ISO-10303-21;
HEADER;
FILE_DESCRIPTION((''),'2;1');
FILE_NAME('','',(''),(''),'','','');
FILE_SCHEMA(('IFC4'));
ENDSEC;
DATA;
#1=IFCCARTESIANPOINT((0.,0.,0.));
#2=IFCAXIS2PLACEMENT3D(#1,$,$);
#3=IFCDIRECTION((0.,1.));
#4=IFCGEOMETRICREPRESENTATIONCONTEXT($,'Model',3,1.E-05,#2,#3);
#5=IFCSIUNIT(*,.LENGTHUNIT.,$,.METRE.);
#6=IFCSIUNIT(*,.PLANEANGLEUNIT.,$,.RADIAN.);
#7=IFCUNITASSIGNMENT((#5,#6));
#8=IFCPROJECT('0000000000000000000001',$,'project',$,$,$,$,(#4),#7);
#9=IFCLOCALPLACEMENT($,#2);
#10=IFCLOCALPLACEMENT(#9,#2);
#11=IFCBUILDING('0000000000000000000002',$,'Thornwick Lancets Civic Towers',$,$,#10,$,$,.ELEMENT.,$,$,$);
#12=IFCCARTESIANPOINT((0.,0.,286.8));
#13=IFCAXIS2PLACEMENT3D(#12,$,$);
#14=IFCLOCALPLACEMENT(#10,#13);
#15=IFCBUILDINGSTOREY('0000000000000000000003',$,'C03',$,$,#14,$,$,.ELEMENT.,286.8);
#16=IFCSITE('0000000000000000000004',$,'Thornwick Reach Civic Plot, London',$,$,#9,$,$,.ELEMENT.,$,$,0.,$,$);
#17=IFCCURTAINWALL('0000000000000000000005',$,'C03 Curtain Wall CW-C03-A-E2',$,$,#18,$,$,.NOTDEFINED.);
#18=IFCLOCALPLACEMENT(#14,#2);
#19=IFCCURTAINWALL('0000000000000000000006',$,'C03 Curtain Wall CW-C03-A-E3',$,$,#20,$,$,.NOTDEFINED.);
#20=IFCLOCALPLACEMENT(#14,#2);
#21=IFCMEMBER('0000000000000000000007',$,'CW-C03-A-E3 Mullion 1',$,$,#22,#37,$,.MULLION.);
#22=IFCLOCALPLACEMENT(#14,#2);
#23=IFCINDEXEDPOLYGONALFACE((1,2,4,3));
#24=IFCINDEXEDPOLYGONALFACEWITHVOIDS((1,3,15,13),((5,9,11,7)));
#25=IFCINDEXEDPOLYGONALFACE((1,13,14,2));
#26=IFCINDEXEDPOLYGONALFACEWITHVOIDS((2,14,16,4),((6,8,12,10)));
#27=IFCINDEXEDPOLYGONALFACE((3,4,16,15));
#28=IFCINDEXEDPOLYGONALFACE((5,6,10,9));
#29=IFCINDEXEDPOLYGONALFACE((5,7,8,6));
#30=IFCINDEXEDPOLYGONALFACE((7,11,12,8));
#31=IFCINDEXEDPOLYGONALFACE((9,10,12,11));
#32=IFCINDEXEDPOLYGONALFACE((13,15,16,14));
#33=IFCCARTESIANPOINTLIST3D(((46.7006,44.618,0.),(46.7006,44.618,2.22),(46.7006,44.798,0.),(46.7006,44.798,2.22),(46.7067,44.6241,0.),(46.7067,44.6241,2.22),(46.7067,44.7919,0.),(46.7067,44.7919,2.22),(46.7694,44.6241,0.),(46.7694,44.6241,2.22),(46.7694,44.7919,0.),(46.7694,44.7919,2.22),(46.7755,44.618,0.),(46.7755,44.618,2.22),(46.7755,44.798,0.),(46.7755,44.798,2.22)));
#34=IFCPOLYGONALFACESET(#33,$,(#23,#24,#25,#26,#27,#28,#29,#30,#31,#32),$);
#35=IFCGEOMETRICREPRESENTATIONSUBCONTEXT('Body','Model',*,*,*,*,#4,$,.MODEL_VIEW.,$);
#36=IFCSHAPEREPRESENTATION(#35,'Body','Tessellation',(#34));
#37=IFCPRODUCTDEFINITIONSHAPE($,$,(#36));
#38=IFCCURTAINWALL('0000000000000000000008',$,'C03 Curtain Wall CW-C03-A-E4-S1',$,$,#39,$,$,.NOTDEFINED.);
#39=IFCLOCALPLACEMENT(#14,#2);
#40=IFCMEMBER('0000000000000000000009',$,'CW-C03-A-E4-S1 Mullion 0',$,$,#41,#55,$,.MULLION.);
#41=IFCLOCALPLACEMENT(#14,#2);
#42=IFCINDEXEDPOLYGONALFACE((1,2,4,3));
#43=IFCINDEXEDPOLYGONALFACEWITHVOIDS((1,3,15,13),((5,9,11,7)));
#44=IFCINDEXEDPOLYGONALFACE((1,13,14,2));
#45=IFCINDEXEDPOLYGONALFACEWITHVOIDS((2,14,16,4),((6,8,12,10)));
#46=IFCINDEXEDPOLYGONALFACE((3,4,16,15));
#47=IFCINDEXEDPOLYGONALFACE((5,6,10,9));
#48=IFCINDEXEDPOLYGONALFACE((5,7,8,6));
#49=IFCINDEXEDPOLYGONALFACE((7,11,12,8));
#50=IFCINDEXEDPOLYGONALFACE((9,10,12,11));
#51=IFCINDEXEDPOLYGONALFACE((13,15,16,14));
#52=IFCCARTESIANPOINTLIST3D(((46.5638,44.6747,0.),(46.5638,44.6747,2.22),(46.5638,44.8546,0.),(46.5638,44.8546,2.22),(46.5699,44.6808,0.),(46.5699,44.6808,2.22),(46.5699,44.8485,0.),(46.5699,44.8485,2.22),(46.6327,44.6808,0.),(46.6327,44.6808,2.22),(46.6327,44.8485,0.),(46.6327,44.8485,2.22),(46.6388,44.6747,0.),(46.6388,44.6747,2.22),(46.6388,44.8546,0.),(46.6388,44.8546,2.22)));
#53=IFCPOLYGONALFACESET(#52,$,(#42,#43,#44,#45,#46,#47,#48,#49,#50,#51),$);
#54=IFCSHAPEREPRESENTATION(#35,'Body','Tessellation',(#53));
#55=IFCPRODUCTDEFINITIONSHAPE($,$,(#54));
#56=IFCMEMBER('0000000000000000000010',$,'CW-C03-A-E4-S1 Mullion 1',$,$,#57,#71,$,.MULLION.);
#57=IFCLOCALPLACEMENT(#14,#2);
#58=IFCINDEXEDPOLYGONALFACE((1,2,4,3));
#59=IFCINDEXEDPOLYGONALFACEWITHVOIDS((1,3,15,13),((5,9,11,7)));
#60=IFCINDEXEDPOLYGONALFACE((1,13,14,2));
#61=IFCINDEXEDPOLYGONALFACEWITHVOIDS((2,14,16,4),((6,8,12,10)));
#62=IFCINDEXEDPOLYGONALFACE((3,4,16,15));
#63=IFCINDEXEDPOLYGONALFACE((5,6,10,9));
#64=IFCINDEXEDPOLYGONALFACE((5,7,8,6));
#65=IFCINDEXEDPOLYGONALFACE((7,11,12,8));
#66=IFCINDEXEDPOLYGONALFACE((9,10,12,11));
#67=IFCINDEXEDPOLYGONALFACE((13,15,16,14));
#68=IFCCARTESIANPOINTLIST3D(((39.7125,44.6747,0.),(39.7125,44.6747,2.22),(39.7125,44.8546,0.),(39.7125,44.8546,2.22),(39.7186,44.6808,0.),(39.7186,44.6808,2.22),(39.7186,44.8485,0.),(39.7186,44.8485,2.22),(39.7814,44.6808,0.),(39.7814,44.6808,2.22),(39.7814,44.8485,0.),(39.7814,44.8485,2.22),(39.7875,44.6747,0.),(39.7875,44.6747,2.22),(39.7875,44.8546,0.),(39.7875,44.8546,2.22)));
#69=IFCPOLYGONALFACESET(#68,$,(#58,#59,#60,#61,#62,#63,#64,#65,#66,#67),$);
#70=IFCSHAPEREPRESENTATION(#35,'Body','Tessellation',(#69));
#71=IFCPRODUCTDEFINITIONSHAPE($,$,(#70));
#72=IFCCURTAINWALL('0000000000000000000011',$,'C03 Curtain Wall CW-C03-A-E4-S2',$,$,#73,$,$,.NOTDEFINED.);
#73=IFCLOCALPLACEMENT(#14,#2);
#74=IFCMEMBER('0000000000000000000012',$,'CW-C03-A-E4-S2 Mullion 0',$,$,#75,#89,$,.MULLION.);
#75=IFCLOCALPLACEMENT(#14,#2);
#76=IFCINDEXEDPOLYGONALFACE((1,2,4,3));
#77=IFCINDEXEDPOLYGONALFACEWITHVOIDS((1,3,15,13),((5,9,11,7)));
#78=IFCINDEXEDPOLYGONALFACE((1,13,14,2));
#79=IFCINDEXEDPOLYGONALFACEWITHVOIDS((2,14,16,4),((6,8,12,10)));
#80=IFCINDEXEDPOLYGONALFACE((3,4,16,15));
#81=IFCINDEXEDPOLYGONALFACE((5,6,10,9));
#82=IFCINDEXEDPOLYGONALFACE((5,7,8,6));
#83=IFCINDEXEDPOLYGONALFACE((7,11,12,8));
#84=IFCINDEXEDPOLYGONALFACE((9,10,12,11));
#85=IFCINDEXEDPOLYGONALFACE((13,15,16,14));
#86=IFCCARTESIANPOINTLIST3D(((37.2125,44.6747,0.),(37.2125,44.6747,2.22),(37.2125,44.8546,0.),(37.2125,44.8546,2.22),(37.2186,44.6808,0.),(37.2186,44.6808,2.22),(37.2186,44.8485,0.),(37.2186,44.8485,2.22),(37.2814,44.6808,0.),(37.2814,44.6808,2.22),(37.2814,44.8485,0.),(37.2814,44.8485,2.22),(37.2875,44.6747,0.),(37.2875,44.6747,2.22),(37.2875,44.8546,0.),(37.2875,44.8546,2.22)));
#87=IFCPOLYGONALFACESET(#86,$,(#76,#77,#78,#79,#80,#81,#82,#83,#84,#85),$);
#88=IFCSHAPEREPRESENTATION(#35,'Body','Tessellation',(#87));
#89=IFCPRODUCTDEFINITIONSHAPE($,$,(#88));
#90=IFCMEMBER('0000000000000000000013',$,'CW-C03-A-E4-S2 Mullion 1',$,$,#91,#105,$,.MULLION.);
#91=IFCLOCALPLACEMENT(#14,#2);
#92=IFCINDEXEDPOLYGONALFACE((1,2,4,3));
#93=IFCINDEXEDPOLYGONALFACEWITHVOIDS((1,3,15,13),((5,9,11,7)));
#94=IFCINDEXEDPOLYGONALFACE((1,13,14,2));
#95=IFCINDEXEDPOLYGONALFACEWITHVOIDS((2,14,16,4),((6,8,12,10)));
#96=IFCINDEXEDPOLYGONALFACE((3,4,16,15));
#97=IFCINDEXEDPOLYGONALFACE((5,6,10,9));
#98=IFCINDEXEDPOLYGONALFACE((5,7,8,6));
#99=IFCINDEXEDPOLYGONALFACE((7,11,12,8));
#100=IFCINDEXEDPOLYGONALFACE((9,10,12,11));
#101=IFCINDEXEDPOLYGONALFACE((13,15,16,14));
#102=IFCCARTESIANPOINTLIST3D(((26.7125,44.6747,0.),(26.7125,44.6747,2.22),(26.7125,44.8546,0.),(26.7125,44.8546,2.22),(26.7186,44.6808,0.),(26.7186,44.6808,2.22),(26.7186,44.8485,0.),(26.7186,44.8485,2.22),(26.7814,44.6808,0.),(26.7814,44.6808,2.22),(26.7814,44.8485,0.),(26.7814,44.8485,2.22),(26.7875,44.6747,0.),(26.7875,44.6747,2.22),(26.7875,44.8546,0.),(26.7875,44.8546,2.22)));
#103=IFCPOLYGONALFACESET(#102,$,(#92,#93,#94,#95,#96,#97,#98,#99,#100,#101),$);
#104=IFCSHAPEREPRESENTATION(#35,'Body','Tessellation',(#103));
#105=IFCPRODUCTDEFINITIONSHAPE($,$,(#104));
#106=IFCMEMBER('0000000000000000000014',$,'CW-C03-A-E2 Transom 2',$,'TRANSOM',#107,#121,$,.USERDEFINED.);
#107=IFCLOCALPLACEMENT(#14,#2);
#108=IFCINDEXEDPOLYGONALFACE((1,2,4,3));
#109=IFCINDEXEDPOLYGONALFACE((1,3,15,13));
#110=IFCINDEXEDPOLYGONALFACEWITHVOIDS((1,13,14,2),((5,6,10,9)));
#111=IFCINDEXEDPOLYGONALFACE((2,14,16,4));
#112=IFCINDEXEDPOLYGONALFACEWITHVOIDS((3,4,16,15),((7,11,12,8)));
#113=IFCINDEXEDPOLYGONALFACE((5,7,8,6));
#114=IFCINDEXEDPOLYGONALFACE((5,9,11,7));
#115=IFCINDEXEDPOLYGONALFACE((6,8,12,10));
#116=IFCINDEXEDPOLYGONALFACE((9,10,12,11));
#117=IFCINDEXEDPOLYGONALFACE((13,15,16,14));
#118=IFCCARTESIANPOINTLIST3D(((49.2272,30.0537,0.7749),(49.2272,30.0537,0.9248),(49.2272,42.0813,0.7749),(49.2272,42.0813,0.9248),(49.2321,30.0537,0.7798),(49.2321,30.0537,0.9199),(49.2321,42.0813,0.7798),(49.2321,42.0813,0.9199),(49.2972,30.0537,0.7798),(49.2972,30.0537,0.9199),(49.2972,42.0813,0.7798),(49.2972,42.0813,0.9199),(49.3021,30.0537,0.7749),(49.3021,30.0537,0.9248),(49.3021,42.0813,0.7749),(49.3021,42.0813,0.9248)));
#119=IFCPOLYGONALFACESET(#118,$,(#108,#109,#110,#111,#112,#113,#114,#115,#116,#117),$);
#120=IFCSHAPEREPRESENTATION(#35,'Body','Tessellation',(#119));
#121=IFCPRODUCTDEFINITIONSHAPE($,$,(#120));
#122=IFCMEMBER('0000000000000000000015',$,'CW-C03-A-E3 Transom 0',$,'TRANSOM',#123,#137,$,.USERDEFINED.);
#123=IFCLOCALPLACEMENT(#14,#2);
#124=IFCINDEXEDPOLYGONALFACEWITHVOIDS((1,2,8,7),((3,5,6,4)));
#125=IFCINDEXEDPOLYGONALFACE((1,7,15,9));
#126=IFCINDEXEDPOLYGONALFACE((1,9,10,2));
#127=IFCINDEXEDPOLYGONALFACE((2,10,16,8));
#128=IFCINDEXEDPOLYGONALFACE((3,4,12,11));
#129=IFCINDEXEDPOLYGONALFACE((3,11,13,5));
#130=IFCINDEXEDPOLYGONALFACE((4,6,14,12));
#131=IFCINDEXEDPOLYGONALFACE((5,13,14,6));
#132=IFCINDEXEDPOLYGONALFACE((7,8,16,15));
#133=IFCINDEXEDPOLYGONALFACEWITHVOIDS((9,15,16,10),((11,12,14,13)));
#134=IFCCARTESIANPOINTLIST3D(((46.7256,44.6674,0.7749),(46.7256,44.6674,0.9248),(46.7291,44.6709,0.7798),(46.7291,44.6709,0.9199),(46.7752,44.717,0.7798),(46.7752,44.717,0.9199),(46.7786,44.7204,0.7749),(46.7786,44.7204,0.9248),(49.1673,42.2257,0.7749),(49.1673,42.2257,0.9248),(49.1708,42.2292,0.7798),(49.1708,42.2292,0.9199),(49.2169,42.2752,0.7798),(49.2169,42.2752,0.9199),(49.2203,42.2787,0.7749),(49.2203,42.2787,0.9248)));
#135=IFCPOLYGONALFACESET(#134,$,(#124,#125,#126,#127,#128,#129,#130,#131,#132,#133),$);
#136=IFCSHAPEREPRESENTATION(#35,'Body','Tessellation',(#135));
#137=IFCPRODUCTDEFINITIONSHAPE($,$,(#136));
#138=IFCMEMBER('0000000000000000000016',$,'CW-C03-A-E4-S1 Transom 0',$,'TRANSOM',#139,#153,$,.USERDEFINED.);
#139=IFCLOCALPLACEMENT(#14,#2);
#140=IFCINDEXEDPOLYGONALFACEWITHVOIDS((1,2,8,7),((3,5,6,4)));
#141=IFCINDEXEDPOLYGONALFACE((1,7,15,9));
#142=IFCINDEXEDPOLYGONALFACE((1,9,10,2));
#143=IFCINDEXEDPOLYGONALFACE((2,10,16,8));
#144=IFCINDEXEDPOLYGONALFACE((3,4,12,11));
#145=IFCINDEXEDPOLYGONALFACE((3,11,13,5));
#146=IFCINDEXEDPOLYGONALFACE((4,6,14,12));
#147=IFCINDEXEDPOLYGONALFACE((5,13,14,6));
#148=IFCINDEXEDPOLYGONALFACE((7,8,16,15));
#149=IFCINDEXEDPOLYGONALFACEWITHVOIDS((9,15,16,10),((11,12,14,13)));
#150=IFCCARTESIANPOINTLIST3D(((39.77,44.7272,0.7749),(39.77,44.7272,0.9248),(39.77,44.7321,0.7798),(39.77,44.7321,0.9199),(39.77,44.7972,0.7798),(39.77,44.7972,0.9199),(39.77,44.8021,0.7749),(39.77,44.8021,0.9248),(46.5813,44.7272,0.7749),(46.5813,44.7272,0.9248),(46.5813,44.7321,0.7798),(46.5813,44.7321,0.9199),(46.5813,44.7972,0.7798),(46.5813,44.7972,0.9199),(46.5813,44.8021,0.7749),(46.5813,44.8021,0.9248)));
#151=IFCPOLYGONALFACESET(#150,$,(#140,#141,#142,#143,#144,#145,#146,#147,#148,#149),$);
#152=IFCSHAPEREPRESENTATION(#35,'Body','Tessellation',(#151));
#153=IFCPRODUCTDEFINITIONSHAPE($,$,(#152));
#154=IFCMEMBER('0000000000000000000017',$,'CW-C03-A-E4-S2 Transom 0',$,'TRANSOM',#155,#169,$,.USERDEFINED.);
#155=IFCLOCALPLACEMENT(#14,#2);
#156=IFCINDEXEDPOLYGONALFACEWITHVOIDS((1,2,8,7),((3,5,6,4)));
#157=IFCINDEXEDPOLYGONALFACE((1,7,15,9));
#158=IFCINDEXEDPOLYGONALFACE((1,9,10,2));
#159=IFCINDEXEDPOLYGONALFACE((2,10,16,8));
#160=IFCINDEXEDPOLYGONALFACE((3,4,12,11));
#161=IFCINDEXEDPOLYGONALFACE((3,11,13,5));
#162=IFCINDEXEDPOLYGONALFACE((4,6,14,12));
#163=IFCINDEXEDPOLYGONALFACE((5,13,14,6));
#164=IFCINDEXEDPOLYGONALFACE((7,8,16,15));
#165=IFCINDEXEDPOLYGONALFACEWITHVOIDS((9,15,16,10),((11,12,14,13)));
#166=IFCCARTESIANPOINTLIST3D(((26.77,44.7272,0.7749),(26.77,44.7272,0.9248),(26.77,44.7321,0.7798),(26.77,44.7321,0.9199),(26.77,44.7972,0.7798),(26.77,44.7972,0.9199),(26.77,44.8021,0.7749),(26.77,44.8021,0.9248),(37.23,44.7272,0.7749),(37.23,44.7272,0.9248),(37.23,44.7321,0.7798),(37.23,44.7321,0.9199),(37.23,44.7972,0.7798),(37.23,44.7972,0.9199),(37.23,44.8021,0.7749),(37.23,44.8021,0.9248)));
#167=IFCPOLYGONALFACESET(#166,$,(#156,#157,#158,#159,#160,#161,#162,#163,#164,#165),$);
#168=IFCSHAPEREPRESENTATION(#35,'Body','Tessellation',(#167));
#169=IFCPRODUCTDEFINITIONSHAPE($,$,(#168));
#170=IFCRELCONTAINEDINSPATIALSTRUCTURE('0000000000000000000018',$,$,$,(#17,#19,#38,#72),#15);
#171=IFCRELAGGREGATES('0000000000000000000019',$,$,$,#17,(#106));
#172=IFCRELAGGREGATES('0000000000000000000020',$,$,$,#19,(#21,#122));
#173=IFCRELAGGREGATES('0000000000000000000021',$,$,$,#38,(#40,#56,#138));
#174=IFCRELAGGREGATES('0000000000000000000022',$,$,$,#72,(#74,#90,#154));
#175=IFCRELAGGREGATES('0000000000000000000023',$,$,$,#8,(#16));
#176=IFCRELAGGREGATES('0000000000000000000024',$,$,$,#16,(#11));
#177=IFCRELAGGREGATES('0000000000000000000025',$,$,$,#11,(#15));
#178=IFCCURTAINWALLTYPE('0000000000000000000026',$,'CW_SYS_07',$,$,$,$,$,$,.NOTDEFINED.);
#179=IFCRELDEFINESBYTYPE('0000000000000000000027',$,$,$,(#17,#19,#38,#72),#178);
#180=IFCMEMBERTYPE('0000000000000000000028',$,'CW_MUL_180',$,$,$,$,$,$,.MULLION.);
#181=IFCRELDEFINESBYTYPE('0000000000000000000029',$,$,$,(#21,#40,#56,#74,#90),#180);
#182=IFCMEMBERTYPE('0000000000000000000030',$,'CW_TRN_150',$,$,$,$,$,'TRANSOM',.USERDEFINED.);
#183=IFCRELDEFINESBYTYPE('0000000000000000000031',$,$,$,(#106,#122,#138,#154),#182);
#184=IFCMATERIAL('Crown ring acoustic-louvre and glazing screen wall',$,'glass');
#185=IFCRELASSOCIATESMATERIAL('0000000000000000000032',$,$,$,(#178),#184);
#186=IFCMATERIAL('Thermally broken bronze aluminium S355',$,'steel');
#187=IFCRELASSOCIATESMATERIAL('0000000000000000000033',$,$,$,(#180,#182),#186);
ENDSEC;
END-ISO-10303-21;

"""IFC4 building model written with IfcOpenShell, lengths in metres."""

from ifc_helpers import new_model, si_unit, direction, frame, origin, origin_2d, place, context, subcontext, project, spatial, hollow_rectangle, extrude, material, material_profile, profile_set, type_object, element, aggregate, save


model = new_model("IFC4")

# Units and contexts
model_context = context("Model", 3, precision=1e-05, world=origin(), true_north=direction((0.0, 1.0)))
body_context = subcontext(model_context, "Body", "Model", "MODEL_VIEW")
ifc_project = project(units=[si_unit("LENGTHUNIT", "METRE"), si_unit("PLANEANGLEUNIT", "RADIAN")], contexts=[model_context])

# Site, building, storey
site_placement = place(None, origin())
site = spatial("IfcSite", under=ifc_project, at=site_placement, Name="Thornwick Reach Civic Plot, London", CompositionType="ELEMENT", RefElevation=0.0)
building_placement = place(site_placement, origin())
building = spatial("IfcBuilding", under=site, at=building_placement, Name="Thornwick Lancets Civic Towers", CompositionType="ELEMENT")
storey_placement = place(building_placement, frame((0.0, 0.0, 286.8)))
storey = spatial("IfcBuildingStorey", under=building, at=storey_placement, Name="C03", CompositionType="ELEMENT", Elevation=286.8)

# Curtain walls, members
ifc_material_1 = material(Name="Crown ring acoustic-louvre and glazing screen wall", Category="glass")
curtain_wall_type = type_object("IfcCurtainWallType", Name="CW_SYS_07", PredefinedType="NOTDEFINED", material=ifc_material_1)
curtain_wall_1_placement = place(storey_placement, origin())
curtain_wall_1 = element("IfcCurtainWall", 1, at=curtain_wall_1_placement, inside=storey, type_object=curtain_wall_type, Name="C03 Curtain Wall CW-C03-A-E2", PredefinedType="NOTDEFINED")
ifc_material_2 = material(Name="Thermally broken bronze aluminium S355", Category="steel")
ifc_material_profile_1 = material_profile(ifc_material_2, hollow_rectangle(XDim=0.075, YDim=0.1799, WallThickness=0.0061, at=origin_2d()), Name="RHS 180x75x6")
ifc_profile_set_1 = profile_set([ifc_material_profile_1], Name="Thermally broken bronze aluminium S355")
member_type_1 = type_object("IfcMemberType", Name="CW_MUL_180", PredefinedType="MULLION", material=ifc_profile_set_1)
curtain_wall_2_placement = place(storey_placement, origin())
curtain_wall_2 = element("IfcCurtainWall", 2, at=curtain_wall_2_placement, inside=storey, type_object=curtain_wall_type, Name="C03 Curtain Wall CW-C03-A-E3", PredefinedType="NOTDEFINED")
member_1_placement = place(storey_placement, frame((46.738, 44.708, 0.0), z_axis=(0.0, 0.0, 1.0), x_axis=(1.0, 0.0, 0.0)))
member_1 = element("IfcMember", 3, at=member_1_placement, type_object=member_type_1, Name="CW-C03-A-E3 Mullion 1", PredefinedType="MULLION", context=body_context, shape_type="SweptSolid", body=[
    extrude(hollow_rectangle(XDim=0.075, YDim=0.1799, WallThickness=0.0061, at=origin_2d()), origin(), (0.0, 0.0, 1.0), 2.22),
])
curtain_wall_3_placement = place(storey_placement, origin())
curtain_wall_3 = element("IfcCurtainWall", 4, at=curtain_wall_3_placement, inside=storey, type_object=curtain_wall_type, Name="C03 Curtain Wall CW-C03-A-E4-S1", PredefinedType="NOTDEFINED")
member_2_placement = place(storey_placement, frame((46.6013, 44.7646, 0.0), z_axis=(0.0, 0.0, 1.0), x_axis=(1.0, 0.0, 0.0)))
member_2 = element("IfcMember", 5, at=member_2_placement, type_object=member_type_1, Name="CW-C03-A-E4-S1 Mullion 0", PredefinedType="MULLION", context=body_context, shape_type="SweptSolid", body=[
    extrude(hollow_rectangle(XDim=0.075, YDim=0.1799, WallThickness=0.0061, at=origin_2d()), origin(), (0.0, 0.0, 1.0), 2.22),
])
member_3_placement = place(storey_placement, frame((39.75, 44.7646, 0.0), z_axis=(0.0, 0.0, 1.0), x_axis=(1.0, 0.0, 0.0)))
member_3 = element("IfcMember", 6, at=member_3_placement, type_object=member_type_1, Name="CW-C03-A-E4-S1 Mullion 1", PredefinedType="MULLION", context=body_context, shape_type="SweptSolid", body=[
    extrude(hollow_rectangle(XDim=0.075, YDim=0.1799, WallThickness=0.0061, at=origin_2d()), origin(), (0.0, 0.0, 1.0), 2.22),
])
curtain_wall_4_placement = place(storey_placement, origin())
curtain_wall_4 = element("IfcCurtainWall", 7, at=curtain_wall_4_placement, inside=storey, type_object=curtain_wall_type, Name="C03 Curtain Wall CW-C03-A-E4-S2", PredefinedType="NOTDEFINED")
member_4_placement = place(storey_placement, frame((37.25, 44.7646, 0.0), z_axis=(0.0, 0.0, 1.0), x_axis=(1.0, 0.0, 0.0)))
member_4 = element("IfcMember", 8, at=member_4_placement, type_object=member_type_1, Name="CW-C03-A-E4-S2 Mullion 0", PredefinedType="MULLION", context=body_context, shape_type="SweptSolid", body=[
    extrude(hollow_rectangle(XDim=0.075, YDim=0.1799, WallThickness=0.0061, at=origin_2d()), origin(), (0.0, 0.0, 1.0), 2.22),
])
member_5_placement = place(storey_placement, frame((26.75, 44.7646, 0.0), z_axis=(0.0, 0.0, 1.0), x_axis=(1.0, 0.0, 0.0)))
member_5 = element("IfcMember", 9, at=member_5_placement, type_object=member_type_1, Name="CW-C03-A-E4-S2 Mullion 1", PredefinedType="MULLION", context=body_context, shape_type="SweptSolid", body=[
    extrude(hollow_rectangle(XDim=0.075, YDim=0.1799, WallThickness=0.0061, at=origin_2d()), origin(), (0.0, 0.0, 1.0), 2.22),
])

# Members
ifc_material_profile_2 = material_profile(ifc_material_2, hollow_rectangle(XDim=0.075, YDim=0.1499, WallThickness=0.0049, at=origin_2d()), Name="RHS 150x75x5")
ifc_profile_set_2 = profile_set([ifc_material_profile_2], Name="Thermally broken bronze aluminium S355")
member_type_2 = type_object("IfcMemberType", Name="CW_TRN_150", ElementType="TRANSOM", PredefinedType="USERDEFINED", material=ifc_profile_set_2)
member_6_placement = place(storey_placement, frame((49.2646, 30.0537, 0.8499), z_axis=(0.0, 1.0, 0.0), x_axis=(-1.0, 0.0, 0.0)))
member_6 = element("IfcMember", 10, at=member_6_placement, type_object=member_type_2, Name="CW-C03-A-E2 Transom 2", ObjectType="TRANSOM", PredefinedType="USERDEFINED", context=body_context, shape_type="SweptSolid", body=[
    extrude(hollow_rectangle(XDim=0.075, YDim=0.1499, WallThickness=0.0049, at=origin_2d()), origin(), (0.0, 0.0, 1.0), 12.0276),
])
aggregate(curtain_wall_1, [member_6])
member_7_placement = place(storey_placement, frame((49.1938, 42.2522, 0.8499), z_axis=(-0.707107, 0.707107, 0.0), x_axis=(-0.707107, -0.707107, 0.0)))
member_7 = element("IfcMember", 11, at=member_7_placement, type_object=member_type_2, Name="CW-C03-A-E3 Transom 0", ObjectType="TRANSOM", PredefinedType="USERDEFINED", context=body_context, shape_type="SweptSolid", body=[
    extrude(hollow_rectangle(XDim=0.075, YDim=0.1499, WallThickness=0.0049, at=origin_2d()), origin(), (0.0, 0.0, 1.0), 3.4531),
])
member_8_placement = place(storey_placement, frame((46.5813, 44.7646, 0.8499), z_axis=(-1.0, 0.0, 0.0), x_axis=(0.0, -1.0, 0.0)))
member_8 = element("IfcMember", 12, at=member_8_placement, type_object=member_type_2, Name="CW-C03-A-E4-S1 Transom 0", ObjectType="TRANSOM", PredefinedType="USERDEFINED", context=body_context, shape_type="SweptSolid", body=[
    extrude(hollow_rectangle(XDim=0.075, YDim=0.1499, WallThickness=0.0049, at=origin_2d()), origin(), (0.0, 0.0, 1.0), 6.8113),
])
member_9_placement = place(storey_placement, frame((37.23, 44.7646, 0.8499), z_axis=(-1.0, 0.0, 0.0), x_axis=(0.0, -1.0, 0.0)))
member_9 = element("IfcMember", 13, at=member_9_placement, type_object=member_type_2, Name="CW-C03-A-E4-S2 Transom 0", ObjectType="TRANSOM", PredefinedType="USERDEFINED", context=body_context, shape_type="SweptSolid", body=[
    extrude(hollow_rectangle(XDim=0.075, YDim=0.1499, WallThickness=0.0049, at=origin_2d()), origin(), (0.0, 0.0, 1.0), 10.46),
])

aggregate(curtain_wall_2, [member_1, member_7])
aggregate(curtain_wall_3, [member_2, member_3, member_8])
aggregate(curtain_wall_4, [member_4, member_5, member_9])

save(model, "model.ifc")
